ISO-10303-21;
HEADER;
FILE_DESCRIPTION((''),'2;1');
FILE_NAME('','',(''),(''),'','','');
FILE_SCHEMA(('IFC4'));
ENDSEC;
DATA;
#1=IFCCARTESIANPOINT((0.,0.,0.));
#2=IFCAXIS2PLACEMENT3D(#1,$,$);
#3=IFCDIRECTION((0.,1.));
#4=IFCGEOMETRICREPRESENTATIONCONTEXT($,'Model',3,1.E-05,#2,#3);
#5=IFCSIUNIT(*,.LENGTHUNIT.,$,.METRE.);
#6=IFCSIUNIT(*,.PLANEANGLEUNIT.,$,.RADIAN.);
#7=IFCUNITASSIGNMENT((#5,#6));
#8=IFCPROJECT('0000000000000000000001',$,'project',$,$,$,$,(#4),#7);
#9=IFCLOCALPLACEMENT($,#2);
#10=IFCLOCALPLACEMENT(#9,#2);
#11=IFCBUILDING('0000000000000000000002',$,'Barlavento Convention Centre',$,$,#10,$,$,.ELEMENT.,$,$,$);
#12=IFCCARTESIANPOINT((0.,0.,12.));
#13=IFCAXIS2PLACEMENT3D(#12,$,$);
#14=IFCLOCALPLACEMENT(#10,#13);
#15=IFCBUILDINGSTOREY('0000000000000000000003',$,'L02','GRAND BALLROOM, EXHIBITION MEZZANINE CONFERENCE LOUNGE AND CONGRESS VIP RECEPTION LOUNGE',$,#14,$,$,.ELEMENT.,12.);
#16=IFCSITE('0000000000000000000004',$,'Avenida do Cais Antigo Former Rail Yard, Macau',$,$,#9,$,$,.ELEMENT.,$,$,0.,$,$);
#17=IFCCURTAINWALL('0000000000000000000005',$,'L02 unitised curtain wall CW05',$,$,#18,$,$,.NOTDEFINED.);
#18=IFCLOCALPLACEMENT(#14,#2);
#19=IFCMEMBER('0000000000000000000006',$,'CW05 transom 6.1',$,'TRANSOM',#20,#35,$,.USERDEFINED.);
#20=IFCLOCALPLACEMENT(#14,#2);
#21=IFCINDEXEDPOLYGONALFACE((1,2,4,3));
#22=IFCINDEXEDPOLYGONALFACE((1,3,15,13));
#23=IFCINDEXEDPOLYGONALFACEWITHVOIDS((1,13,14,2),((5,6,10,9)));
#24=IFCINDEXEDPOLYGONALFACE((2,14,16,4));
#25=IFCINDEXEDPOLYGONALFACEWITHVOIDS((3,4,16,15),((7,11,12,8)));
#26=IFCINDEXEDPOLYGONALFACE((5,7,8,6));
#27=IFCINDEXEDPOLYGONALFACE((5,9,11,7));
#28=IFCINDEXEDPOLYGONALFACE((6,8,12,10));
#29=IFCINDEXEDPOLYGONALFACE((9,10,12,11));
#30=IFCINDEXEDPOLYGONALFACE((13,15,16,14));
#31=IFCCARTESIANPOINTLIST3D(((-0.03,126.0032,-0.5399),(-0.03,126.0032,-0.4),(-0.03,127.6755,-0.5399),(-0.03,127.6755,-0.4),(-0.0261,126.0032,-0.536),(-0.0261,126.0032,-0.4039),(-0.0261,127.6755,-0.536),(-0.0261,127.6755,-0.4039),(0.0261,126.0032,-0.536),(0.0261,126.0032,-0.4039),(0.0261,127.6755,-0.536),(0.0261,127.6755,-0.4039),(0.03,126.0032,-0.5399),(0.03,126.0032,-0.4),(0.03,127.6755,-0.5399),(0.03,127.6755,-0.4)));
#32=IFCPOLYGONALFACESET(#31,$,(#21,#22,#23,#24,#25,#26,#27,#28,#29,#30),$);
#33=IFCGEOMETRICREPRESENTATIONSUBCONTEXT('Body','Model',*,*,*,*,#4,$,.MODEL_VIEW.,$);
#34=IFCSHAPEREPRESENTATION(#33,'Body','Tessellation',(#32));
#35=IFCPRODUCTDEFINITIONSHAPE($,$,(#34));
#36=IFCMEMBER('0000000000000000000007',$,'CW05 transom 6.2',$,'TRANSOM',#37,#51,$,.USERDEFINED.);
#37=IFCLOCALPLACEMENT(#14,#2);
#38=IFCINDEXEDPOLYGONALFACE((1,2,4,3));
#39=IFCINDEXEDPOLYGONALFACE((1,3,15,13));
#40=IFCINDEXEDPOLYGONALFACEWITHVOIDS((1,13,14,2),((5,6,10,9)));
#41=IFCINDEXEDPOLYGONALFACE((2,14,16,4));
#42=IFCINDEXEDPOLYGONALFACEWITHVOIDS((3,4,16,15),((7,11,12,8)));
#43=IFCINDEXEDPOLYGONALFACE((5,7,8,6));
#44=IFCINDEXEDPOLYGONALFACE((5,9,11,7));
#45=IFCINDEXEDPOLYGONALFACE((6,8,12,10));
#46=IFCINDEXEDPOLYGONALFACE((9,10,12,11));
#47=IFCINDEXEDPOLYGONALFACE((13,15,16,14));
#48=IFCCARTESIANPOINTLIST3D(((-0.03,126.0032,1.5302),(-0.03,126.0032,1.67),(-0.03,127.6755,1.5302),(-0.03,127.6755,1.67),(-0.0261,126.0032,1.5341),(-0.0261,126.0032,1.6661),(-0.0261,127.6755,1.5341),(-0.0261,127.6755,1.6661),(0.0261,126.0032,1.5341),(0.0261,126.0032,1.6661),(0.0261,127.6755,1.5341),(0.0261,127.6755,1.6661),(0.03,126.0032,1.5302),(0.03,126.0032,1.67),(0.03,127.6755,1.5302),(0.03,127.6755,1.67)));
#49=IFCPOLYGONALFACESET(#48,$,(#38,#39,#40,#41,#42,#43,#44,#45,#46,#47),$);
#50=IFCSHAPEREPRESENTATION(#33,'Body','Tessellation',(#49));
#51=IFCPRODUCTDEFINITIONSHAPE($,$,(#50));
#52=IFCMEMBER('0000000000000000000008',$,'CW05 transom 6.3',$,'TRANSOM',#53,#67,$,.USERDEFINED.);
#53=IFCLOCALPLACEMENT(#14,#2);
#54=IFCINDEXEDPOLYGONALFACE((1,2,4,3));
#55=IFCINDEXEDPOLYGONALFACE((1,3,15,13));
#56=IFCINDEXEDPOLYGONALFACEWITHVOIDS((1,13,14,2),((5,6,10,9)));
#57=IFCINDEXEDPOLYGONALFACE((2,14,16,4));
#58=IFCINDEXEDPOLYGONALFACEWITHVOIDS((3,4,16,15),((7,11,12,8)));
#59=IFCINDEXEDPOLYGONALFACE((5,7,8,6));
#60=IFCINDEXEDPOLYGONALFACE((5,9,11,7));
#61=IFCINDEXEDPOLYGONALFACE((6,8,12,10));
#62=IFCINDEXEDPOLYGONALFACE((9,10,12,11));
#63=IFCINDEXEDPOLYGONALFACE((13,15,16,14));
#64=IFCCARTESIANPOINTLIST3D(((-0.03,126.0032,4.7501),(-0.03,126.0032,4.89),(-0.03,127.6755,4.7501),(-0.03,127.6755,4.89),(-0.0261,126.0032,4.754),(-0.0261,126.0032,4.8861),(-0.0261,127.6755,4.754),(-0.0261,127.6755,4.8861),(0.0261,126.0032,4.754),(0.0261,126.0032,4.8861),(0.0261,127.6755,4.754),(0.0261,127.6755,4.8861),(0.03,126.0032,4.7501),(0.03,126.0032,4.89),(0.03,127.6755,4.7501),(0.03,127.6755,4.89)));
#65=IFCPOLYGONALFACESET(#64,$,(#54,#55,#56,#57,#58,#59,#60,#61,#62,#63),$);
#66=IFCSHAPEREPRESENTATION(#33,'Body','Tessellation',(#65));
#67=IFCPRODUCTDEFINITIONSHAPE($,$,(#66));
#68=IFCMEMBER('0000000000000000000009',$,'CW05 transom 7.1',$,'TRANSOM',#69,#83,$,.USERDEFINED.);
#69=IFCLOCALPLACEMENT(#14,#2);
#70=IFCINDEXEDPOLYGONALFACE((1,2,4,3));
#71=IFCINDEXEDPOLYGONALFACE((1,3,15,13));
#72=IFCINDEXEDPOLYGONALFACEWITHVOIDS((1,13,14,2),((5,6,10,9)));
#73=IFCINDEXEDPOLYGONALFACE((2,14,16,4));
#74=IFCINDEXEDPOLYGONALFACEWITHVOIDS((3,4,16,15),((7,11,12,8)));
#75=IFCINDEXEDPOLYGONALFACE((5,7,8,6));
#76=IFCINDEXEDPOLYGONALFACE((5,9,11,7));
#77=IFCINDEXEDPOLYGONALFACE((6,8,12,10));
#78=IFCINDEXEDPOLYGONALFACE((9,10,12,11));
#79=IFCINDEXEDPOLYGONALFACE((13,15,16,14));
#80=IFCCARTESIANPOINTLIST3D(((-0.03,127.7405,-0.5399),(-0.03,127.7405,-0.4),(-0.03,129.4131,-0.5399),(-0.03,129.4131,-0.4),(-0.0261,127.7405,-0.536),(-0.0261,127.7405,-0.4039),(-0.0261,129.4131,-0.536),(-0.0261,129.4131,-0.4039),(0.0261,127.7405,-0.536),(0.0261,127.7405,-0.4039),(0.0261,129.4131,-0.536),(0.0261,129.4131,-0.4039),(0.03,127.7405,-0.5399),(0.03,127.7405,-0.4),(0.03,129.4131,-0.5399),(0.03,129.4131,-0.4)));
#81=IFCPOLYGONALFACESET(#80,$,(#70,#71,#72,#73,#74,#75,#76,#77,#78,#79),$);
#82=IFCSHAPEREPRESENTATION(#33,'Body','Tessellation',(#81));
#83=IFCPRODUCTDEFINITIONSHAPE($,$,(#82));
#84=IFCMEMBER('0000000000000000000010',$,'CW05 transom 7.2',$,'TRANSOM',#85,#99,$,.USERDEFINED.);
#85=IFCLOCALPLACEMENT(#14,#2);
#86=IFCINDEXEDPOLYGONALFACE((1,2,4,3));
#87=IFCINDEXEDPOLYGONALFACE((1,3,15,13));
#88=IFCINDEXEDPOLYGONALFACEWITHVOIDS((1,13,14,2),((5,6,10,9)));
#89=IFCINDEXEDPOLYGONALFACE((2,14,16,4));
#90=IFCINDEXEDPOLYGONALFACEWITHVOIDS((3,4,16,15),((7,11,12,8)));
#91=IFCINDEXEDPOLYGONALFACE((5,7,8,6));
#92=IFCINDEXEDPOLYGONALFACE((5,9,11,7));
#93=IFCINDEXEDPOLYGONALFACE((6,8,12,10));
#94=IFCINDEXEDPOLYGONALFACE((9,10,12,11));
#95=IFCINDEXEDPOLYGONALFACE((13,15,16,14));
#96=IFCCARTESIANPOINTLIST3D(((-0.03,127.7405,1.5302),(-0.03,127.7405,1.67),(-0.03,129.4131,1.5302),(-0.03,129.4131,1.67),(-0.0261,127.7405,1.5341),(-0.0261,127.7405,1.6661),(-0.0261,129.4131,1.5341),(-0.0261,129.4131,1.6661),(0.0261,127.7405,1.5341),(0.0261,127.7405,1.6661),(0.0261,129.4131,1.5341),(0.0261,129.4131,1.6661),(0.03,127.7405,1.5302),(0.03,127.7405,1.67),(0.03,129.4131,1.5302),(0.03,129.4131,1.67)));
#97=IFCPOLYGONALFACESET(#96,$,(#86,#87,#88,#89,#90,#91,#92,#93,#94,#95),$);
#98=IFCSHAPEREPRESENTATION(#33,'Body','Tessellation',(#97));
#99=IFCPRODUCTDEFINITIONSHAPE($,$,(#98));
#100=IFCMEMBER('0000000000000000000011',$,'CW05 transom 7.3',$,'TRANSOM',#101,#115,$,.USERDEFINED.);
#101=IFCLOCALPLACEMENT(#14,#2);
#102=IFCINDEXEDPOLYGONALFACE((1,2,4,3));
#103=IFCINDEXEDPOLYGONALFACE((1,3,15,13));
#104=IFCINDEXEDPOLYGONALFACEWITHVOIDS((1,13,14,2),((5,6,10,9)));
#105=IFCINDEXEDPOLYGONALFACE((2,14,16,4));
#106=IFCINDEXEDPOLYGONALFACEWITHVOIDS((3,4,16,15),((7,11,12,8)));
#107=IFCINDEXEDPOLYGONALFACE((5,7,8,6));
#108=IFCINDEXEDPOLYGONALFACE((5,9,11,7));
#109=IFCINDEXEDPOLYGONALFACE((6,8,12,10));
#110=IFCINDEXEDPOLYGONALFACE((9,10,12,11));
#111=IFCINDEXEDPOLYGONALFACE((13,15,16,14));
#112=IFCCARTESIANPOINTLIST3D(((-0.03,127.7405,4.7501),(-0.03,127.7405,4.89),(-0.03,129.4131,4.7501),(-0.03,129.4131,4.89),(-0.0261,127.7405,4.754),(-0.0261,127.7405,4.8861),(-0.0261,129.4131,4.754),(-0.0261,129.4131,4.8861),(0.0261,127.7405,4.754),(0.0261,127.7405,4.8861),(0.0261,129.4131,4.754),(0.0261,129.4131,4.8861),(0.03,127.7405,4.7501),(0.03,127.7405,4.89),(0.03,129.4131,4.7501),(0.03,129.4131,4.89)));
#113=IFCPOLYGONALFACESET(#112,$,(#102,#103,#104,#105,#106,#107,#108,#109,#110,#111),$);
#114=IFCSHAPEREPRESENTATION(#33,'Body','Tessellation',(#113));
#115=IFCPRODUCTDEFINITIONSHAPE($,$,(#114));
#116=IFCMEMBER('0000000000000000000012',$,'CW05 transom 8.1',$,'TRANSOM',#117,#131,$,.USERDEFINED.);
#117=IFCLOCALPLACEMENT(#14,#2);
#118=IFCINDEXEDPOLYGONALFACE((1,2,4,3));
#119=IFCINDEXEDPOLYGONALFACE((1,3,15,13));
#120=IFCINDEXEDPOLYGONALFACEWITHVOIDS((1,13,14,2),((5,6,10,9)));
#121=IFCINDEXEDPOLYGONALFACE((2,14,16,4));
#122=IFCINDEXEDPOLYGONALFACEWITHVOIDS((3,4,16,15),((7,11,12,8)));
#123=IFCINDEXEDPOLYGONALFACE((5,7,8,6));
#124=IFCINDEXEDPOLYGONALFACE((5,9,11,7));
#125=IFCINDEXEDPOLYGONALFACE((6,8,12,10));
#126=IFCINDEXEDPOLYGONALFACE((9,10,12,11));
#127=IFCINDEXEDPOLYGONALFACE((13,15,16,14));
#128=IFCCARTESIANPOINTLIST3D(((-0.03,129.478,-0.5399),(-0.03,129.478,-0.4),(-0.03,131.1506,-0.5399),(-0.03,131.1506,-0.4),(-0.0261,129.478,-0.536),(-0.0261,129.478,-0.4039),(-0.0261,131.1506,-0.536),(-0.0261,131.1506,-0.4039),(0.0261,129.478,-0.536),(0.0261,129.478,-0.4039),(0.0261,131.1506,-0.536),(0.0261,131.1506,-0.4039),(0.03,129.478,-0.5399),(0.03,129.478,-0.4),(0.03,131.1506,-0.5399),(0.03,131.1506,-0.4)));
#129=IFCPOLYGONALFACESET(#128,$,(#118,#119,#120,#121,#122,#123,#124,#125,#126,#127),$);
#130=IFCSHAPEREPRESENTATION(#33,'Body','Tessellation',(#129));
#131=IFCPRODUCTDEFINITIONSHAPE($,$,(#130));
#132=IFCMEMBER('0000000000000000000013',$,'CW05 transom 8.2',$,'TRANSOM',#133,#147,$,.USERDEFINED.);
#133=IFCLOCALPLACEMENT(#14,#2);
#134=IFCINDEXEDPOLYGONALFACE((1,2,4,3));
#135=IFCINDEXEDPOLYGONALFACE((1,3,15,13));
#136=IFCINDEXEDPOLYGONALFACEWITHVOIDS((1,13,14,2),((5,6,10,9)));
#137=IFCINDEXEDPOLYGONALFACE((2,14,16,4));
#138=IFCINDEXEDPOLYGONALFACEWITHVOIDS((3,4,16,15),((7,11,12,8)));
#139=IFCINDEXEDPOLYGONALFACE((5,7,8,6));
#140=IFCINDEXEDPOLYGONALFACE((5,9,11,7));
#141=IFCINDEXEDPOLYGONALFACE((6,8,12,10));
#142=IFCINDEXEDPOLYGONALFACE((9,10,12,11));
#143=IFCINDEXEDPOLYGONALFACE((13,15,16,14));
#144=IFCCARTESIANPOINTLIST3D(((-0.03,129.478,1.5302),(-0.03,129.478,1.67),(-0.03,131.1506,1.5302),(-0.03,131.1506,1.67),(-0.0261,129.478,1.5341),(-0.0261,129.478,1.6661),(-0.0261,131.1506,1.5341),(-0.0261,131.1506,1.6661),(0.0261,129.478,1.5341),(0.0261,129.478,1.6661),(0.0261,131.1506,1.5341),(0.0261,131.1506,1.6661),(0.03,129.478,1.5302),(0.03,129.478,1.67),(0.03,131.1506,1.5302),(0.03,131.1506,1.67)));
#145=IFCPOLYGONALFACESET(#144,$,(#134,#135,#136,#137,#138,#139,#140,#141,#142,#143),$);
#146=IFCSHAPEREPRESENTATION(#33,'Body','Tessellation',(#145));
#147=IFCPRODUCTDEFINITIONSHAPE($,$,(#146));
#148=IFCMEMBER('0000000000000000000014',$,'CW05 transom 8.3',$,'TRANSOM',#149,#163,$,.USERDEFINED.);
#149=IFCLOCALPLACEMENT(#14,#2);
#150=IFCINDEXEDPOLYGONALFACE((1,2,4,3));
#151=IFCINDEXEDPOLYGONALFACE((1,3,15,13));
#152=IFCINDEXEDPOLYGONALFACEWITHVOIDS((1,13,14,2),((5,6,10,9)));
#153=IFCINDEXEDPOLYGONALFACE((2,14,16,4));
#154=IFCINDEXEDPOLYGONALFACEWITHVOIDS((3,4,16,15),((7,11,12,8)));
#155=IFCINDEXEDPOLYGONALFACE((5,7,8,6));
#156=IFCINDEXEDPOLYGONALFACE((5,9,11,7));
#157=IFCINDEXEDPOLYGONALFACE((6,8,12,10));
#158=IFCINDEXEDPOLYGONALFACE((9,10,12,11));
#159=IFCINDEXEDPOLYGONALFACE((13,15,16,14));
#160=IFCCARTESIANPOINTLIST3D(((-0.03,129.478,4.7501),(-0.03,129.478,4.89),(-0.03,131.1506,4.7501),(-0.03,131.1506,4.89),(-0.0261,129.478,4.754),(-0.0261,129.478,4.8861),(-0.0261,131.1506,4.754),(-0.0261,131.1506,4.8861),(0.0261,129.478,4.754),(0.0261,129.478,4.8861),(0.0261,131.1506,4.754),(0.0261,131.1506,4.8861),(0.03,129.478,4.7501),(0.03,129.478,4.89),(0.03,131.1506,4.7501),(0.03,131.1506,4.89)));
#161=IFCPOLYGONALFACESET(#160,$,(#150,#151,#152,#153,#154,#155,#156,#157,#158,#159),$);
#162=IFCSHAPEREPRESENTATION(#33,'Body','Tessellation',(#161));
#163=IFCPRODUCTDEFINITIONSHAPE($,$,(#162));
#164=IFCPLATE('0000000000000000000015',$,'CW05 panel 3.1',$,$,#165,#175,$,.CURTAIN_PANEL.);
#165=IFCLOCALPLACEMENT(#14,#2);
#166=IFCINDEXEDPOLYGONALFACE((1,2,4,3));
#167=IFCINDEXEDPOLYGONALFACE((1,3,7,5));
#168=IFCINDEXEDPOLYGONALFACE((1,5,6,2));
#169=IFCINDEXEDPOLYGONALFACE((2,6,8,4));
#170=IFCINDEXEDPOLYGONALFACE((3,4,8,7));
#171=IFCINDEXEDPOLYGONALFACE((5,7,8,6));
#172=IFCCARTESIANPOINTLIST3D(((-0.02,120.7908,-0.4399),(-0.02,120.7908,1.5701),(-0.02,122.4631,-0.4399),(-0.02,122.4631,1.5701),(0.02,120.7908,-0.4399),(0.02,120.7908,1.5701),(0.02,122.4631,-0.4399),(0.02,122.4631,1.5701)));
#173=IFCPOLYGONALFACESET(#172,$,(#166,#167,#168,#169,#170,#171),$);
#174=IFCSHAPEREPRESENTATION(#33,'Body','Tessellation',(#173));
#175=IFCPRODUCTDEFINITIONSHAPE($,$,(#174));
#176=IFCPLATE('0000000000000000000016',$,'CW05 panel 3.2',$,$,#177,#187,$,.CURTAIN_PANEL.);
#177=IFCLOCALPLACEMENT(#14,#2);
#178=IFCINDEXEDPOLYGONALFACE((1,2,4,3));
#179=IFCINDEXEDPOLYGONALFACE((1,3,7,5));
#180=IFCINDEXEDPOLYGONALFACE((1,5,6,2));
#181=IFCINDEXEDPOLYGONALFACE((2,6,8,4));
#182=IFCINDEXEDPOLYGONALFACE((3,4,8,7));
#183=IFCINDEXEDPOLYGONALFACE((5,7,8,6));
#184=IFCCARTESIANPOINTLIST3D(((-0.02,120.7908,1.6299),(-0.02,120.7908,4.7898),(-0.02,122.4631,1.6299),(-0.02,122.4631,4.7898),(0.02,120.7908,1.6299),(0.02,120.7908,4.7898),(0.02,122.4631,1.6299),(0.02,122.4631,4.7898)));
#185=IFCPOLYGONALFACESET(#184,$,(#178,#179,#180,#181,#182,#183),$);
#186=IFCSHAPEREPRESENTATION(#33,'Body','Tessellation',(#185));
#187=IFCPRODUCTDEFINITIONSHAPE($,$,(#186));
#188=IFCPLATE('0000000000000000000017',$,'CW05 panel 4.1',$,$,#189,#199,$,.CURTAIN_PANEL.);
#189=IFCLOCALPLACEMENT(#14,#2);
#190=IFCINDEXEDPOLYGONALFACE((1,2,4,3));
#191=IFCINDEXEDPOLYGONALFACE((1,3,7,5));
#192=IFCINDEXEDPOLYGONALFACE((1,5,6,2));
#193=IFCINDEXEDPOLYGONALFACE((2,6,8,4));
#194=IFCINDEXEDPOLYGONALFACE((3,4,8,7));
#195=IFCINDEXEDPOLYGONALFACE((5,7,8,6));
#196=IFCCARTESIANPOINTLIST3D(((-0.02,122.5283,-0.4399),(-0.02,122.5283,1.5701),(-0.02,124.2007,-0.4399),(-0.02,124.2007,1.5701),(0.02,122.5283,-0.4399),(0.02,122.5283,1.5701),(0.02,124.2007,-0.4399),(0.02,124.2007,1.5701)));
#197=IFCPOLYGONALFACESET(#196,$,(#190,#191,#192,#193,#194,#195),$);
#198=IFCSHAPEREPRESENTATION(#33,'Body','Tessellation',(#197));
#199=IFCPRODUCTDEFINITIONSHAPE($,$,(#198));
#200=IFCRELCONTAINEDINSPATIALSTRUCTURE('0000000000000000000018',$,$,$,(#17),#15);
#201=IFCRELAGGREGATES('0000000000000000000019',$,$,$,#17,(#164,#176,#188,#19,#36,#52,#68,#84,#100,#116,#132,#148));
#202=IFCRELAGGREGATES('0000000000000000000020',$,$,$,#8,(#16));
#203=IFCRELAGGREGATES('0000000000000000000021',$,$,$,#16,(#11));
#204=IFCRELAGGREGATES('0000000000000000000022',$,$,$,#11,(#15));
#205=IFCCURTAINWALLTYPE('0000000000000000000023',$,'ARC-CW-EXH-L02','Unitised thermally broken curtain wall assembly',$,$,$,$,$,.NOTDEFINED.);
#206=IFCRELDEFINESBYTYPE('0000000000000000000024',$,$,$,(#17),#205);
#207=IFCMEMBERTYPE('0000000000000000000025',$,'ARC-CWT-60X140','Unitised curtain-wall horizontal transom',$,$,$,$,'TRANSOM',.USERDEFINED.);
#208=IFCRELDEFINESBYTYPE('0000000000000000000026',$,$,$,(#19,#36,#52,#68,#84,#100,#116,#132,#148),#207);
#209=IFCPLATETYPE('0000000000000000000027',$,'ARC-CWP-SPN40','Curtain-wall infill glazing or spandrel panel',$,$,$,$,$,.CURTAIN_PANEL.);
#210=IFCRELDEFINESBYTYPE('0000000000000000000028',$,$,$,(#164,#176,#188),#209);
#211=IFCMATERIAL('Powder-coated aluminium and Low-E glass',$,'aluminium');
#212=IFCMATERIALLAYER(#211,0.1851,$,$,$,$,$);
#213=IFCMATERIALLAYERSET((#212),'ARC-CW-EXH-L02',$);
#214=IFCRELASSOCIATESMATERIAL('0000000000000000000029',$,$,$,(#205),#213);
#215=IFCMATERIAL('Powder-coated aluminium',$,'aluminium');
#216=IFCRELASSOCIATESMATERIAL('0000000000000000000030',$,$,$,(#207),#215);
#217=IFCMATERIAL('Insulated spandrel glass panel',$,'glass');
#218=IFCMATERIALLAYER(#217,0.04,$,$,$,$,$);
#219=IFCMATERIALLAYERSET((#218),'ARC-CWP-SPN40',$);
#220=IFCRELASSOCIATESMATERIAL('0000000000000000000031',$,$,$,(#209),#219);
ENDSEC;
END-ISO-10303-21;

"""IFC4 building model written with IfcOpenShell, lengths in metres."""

from ifc_helpers import new_model, si_unit, direction, frame, origin, origin_2d, place, context, subcontext, project, spatial, rectangle, hollow_rectangle, extrude, material, layer, layer_set, material_profile, profile_set, type_object, element, aggregate, save


model = new_model("IFC4")

# Units and contexts
model_context = context("Model", 3, precision=1e-05, world=origin(), true_north=direction((0.0, 1.0)))
body_context = subcontext(model_context, "Body", "Model", "MODEL_VIEW")
ifc_project = project(units=[si_unit("LENGTHUNIT", "METRE"), si_unit("PLANEANGLEUNIT", "RADIAN")], contexts=[model_context])

# Site, building, storey
site_placement = place(None, origin())
site = spatial("IfcSite", under=ifc_project, at=site_placement, Name="Avenida do Cais Antigo Former Rail Yard, Macau", CompositionType="ELEMENT", RefElevation=0.0)
building_placement = place(site_placement, origin())
building = spatial("IfcBuilding", under=site, at=building_placement, Name="Barlavento Convention Centre", CompositionType="ELEMENT")
storey_placement = place(building_placement, frame((0.0, 0.0, 12.0)))
storey = spatial("IfcBuildingStorey", under=building, at=storey_placement, Name="L02", Description="GRAND BALLROOM, EXHIBITION MEZZANINE CONFERENCE LOUNGE AND CONGRESS VIP RECEPTION LOUNGE", CompositionType="ELEMENT", Elevation=12.0)

# Curtain wall, members, plates
ifc_material_1 = material(Name="Powder-coated aluminium and Low-E glass", Category="aluminium")
ifc_layer_1 = layer(ifc_material_1, 0.1851)
ifc_layer_set_1 = layer_set([ifc_layer_1], Name="ARC-CW-EXH-L02")
curtain_wall_type = type_object("IfcCurtainWallType", Name="ARC-CW-EXH-L02", Description="Unitised thermally broken curtain wall assembly", PredefinedType="NOTDEFINED", material=ifc_layer_set_1)
curtain_wall_placement = place(storey_placement, origin())
curtain_wall = element("IfcCurtainWall", 1, at=curtain_wall_placement, inside=storey, type_object=curtain_wall_type, Name="L02 unitised curtain wall CW05", PredefinedType="NOTDEFINED")
ifc_material_2 = material(Name="Powder-coated aluminium", Category="aluminium")
ifc_material_profile_1 = material_profile(ifc_material_2, hollow_rectangle(XDim=0.0601, YDim=0.1399, WallThickness=0.0039, at=origin_2d()), Name="AL-TRAN 60x140x4")
ifc_profile_set_1 = profile_set([ifc_material_profile_1], Name="Powder-coated aluminium")
member_type_1 = type_object("IfcMemberType", Name="ARC-CWT-60X140", Description="Unitised curtain-wall horizontal transom", ElementType="TRANSOM", PredefinedType="USERDEFINED", material=ifc_profile_set_1)
member_1_placement = place(storey_placement, frame((0.0, 126.0032, -0.47), z_axis=(0.0, 1.0, 0.0), x_axis=(-1.0, 0.0, 0.0)))
member_1 = element("IfcMember", 2, at=member_1_placement, type_object=member_type_1, Name="CW05 transom 6.1", ObjectType="TRANSOM", PredefinedType="USERDEFINED", context=body_context, shape_type="SweptSolid", body=[
    extrude(hollow_rectangle(XDim=0.0601, YDim=0.1399, WallThickness=0.0039, at=origin_2d()), origin(), (0.0, 0.0, 1.0), 1.6724),
])
member_2_placement = place(storey_placement, frame((0.0, 126.0032, 1.6001), z_axis=(0.0, 1.0, 0.0), x_axis=(-1.0, 0.0, 0.0)))
member_2 = element("IfcMember", 3, at=member_2_placement, type_object=member_type_1, Name="CW05 transom 6.2", ObjectType="TRANSOM", PredefinedType="USERDEFINED", context=body_context, shape_type="SweptSolid", body=[
    extrude(hollow_rectangle(XDim=0.0601, YDim=0.1399, WallThickness=0.0039, at=origin_2d()), origin(), (0.0, 0.0, 1.0), 1.6724),
])
member_3_placement = place(storey_placement, frame((0.0, 126.0032, 4.8201), z_axis=(0.0, 1.0, 0.0), x_axis=(-1.0, 0.0, 0.0)))
member_3 = element("IfcMember", 4, at=member_3_placement, type_object=member_type_1, Name="CW05 transom 6.3", ObjectType="TRANSOM", PredefinedType="USERDEFINED", context=body_context, shape_type="SweptSolid", body=[
    extrude(hollow_rectangle(XDim=0.0601, YDim=0.1399, WallThickness=0.0039, at=origin_2d()), origin(), (0.0, 0.0, 1.0), 1.6724),
])
member_4_placement = place(storey_placement, frame((0.0, 127.7405, -0.47), z_axis=(0.0, 1.0, 0.0), x_axis=(-1.0, 0.0, 0.0)))
member_4 = element("IfcMember", 5, at=member_4_placement, type_object=member_type_1, Name="CW05 transom 7.1", ObjectType="TRANSOM", PredefinedType="USERDEFINED", context=body_context, shape_type="SweptSolid", body=[
    extrude(hollow_rectangle(XDim=0.0601, YDim=0.1399, WallThickness=0.0039, at=origin_2d()), origin(), (0.0, 0.0, 1.0), 1.6726),
])
member_5_placement = place(storey_placement, frame((0.0, 127.7405, 1.6001), z_axis=(0.0, 1.0, 0.0), x_axis=(-1.0, 0.0, 0.0)))
member_5 = element("IfcMember", 6, at=member_5_placement, type_object=member_type_1, Name="CW05 transom 7.2", ObjectType="TRANSOM", PredefinedType="USERDEFINED", context=body_context, shape_type="SweptSolid", body=[
    extrude(hollow_rectangle(XDim=0.0601, YDim=0.1399, WallThickness=0.0039, at=origin_2d()), origin(), (0.0, 0.0, 1.0), 1.6726),
])
member_6_placement = place(storey_placement, frame((0.0, 127.7405, 4.8201), z_axis=(0.0, 1.0, 0.0), x_axis=(-1.0, 0.0, 0.0)))
member_6 = element("IfcMember", 7, at=member_6_placement, type_object=member_type_1, Name="CW05 transom 7.3", ObjectType="TRANSOM", PredefinedType="USERDEFINED", context=body_context, shape_type="SweptSolid", body=[
    extrude(hollow_rectangle(XDim=0.0601, YDim=0.1399, WallThickness=0.0039, at=origin_2d()), origin(), (0.0, 0.0, 1.0), 1.6726),
])
member_7_placement = place(storey_placement, frame((0.0, 129.478, -0.47), z_axis=(0.0, 1.0, 0.0), x_axis=(-1.0, 0.0, 0.0)))
member_7 = element("IfcMember", 8, at=member_7_placement, type_object=member_type_1, Name="CW05 transom 8.1", ObjectType="TRANSOM", PredefinedType="USERDEFINED", context=body_context, shape_type="SweptSolid", body=[
    extrude(hollow_rectangle(XDim=0.0601, YDim=0.1399, WallThickness=0.0039, at=origin_2d()), origin(), (0.0, 0.0, 1.0), 1.6726),
])
member_8_placement = place(storey_placement, frame((0.0, 129.478, 1.6001), z_axis=(0.0, 1.0, 0.0), x_axis=(-1.0, 0.0, 0.0)))
member_8 = element("IfcMember", 9, at=member_8_placement, type_object=member_type_1, Name="CW05 transom 8.2", ObjectType="TRANSOM", PredefinedType="USERDEFINED", context=body_context, shape_type="SweptSolid", body=[
    extrude(hollow_rectangle(XDim=0.0601, YDim=0.1399, WallThickness=0.0039, at=origin_2d()), origin(), (0.0, 0.0, 1.0), 1.6726),
])
member_9_placement = place(storey_placement, frame((0.0, 129.478, 4.8201), z_axis=(0.0, 1.0, 0.0), x_axis=(-1.0, 0.0, 0.0)))
member_9 = element("IfcMember", 10, at=member_9_placement, type_object=member_type_1, Name="CW05 transom 8.3", ObjectType="TRANSOM", PredefinedType="USERDEFINED", context=body_context, shape_type="SweptSolid", body=[
    extrude(hollow_rectangle(XDim=0.0601, YDim=0.1399, WallThickness=0.0039, at=origin_2d()), origin(), (0.0, 0.0, 1.0), 1.6726),
])
ifc_material_3 = material(Name="Insulated spandrel glass panel", Category="glass")
ifc_layer_2 = layer(ifc_material_3, 0.04)
ifc_layer_set_2 = layer_set([ifc_layer_2], Name="ARC-CWP-SPN40")
plate_type = type_object("IfcPlateType", Name="ARC-CWP-SPN40", Description="Curtain-wall infill glazing or spandrel panel", PredefinedType="CURTAIN_PANEL", material=ifc_layer_set_2)
plate_1_placement = place(storey_placement, frame((0.0, 121.627, -0.4399), z_axis=(0.0, 0.0, 1.0), x_axis=(0.0, 1.0, 0.0)))
plate_1 = element("IfcPlate", 11, at=plate_1_placement, type_object=plate_type, Name="CW05 panel 3.1", PredefinedType="CURTAIN_PANEL", context=body_context, shape_type="SweptSolid", body=[
    extrude(rectangle(XDim=1.6724, YDim=0.04, at=origin_2d()), origin(), (0.0, 0.0, 1.0), 2.01),
])
plate_2_placement = place(storey_placement, frame((0.0, 121.627, 1.6299), z_axis=(0.0, 0.0, 1.0), x_axis=(0.0, 1.0, 0.0)))
plate_2 = element("IfcPlate", 12, at=plate_2_placement, type_object=plate_type, Name="CW05 panel 3.2", PredefinedType="CURTAIN_PANEL", context=body_context, shape_type="SweptSolid", body=[
    extrude(rectangle(XDim=1.6724, YDim=0.04, at=origin_2d()), origin(), (0.0, 0.0, 1.0), 3.1599),
])
plate_3_placement = place(storey_placement, frame((0.0, 123.3645, -0.4399), z_axis=(0.0, 0.0, 1.0), x_axis=(0.0, 1.0, 0.0)))
plate_3 = element("IfcPlate", 13, at=plate_3_placement, type_object=plate_type, Name="CW05 panel 4.1", PredefinedType="CURTAIN_PANEL", context=body_context, shape_type="SweptSolid", body=[
    extrude(rectangle(XDim=1.6724, YDim=0.04, at=origin_2d()), origin(), (0.0, 0.0, 1.0), 2.01),
])
aggregate(curtain_wall, [plate_1, plate_2, plate_3, member_1, member_2, member_3, member_4, member_5, member_6, member_7, member_8, member_9])

save(model, "model.ifc")
